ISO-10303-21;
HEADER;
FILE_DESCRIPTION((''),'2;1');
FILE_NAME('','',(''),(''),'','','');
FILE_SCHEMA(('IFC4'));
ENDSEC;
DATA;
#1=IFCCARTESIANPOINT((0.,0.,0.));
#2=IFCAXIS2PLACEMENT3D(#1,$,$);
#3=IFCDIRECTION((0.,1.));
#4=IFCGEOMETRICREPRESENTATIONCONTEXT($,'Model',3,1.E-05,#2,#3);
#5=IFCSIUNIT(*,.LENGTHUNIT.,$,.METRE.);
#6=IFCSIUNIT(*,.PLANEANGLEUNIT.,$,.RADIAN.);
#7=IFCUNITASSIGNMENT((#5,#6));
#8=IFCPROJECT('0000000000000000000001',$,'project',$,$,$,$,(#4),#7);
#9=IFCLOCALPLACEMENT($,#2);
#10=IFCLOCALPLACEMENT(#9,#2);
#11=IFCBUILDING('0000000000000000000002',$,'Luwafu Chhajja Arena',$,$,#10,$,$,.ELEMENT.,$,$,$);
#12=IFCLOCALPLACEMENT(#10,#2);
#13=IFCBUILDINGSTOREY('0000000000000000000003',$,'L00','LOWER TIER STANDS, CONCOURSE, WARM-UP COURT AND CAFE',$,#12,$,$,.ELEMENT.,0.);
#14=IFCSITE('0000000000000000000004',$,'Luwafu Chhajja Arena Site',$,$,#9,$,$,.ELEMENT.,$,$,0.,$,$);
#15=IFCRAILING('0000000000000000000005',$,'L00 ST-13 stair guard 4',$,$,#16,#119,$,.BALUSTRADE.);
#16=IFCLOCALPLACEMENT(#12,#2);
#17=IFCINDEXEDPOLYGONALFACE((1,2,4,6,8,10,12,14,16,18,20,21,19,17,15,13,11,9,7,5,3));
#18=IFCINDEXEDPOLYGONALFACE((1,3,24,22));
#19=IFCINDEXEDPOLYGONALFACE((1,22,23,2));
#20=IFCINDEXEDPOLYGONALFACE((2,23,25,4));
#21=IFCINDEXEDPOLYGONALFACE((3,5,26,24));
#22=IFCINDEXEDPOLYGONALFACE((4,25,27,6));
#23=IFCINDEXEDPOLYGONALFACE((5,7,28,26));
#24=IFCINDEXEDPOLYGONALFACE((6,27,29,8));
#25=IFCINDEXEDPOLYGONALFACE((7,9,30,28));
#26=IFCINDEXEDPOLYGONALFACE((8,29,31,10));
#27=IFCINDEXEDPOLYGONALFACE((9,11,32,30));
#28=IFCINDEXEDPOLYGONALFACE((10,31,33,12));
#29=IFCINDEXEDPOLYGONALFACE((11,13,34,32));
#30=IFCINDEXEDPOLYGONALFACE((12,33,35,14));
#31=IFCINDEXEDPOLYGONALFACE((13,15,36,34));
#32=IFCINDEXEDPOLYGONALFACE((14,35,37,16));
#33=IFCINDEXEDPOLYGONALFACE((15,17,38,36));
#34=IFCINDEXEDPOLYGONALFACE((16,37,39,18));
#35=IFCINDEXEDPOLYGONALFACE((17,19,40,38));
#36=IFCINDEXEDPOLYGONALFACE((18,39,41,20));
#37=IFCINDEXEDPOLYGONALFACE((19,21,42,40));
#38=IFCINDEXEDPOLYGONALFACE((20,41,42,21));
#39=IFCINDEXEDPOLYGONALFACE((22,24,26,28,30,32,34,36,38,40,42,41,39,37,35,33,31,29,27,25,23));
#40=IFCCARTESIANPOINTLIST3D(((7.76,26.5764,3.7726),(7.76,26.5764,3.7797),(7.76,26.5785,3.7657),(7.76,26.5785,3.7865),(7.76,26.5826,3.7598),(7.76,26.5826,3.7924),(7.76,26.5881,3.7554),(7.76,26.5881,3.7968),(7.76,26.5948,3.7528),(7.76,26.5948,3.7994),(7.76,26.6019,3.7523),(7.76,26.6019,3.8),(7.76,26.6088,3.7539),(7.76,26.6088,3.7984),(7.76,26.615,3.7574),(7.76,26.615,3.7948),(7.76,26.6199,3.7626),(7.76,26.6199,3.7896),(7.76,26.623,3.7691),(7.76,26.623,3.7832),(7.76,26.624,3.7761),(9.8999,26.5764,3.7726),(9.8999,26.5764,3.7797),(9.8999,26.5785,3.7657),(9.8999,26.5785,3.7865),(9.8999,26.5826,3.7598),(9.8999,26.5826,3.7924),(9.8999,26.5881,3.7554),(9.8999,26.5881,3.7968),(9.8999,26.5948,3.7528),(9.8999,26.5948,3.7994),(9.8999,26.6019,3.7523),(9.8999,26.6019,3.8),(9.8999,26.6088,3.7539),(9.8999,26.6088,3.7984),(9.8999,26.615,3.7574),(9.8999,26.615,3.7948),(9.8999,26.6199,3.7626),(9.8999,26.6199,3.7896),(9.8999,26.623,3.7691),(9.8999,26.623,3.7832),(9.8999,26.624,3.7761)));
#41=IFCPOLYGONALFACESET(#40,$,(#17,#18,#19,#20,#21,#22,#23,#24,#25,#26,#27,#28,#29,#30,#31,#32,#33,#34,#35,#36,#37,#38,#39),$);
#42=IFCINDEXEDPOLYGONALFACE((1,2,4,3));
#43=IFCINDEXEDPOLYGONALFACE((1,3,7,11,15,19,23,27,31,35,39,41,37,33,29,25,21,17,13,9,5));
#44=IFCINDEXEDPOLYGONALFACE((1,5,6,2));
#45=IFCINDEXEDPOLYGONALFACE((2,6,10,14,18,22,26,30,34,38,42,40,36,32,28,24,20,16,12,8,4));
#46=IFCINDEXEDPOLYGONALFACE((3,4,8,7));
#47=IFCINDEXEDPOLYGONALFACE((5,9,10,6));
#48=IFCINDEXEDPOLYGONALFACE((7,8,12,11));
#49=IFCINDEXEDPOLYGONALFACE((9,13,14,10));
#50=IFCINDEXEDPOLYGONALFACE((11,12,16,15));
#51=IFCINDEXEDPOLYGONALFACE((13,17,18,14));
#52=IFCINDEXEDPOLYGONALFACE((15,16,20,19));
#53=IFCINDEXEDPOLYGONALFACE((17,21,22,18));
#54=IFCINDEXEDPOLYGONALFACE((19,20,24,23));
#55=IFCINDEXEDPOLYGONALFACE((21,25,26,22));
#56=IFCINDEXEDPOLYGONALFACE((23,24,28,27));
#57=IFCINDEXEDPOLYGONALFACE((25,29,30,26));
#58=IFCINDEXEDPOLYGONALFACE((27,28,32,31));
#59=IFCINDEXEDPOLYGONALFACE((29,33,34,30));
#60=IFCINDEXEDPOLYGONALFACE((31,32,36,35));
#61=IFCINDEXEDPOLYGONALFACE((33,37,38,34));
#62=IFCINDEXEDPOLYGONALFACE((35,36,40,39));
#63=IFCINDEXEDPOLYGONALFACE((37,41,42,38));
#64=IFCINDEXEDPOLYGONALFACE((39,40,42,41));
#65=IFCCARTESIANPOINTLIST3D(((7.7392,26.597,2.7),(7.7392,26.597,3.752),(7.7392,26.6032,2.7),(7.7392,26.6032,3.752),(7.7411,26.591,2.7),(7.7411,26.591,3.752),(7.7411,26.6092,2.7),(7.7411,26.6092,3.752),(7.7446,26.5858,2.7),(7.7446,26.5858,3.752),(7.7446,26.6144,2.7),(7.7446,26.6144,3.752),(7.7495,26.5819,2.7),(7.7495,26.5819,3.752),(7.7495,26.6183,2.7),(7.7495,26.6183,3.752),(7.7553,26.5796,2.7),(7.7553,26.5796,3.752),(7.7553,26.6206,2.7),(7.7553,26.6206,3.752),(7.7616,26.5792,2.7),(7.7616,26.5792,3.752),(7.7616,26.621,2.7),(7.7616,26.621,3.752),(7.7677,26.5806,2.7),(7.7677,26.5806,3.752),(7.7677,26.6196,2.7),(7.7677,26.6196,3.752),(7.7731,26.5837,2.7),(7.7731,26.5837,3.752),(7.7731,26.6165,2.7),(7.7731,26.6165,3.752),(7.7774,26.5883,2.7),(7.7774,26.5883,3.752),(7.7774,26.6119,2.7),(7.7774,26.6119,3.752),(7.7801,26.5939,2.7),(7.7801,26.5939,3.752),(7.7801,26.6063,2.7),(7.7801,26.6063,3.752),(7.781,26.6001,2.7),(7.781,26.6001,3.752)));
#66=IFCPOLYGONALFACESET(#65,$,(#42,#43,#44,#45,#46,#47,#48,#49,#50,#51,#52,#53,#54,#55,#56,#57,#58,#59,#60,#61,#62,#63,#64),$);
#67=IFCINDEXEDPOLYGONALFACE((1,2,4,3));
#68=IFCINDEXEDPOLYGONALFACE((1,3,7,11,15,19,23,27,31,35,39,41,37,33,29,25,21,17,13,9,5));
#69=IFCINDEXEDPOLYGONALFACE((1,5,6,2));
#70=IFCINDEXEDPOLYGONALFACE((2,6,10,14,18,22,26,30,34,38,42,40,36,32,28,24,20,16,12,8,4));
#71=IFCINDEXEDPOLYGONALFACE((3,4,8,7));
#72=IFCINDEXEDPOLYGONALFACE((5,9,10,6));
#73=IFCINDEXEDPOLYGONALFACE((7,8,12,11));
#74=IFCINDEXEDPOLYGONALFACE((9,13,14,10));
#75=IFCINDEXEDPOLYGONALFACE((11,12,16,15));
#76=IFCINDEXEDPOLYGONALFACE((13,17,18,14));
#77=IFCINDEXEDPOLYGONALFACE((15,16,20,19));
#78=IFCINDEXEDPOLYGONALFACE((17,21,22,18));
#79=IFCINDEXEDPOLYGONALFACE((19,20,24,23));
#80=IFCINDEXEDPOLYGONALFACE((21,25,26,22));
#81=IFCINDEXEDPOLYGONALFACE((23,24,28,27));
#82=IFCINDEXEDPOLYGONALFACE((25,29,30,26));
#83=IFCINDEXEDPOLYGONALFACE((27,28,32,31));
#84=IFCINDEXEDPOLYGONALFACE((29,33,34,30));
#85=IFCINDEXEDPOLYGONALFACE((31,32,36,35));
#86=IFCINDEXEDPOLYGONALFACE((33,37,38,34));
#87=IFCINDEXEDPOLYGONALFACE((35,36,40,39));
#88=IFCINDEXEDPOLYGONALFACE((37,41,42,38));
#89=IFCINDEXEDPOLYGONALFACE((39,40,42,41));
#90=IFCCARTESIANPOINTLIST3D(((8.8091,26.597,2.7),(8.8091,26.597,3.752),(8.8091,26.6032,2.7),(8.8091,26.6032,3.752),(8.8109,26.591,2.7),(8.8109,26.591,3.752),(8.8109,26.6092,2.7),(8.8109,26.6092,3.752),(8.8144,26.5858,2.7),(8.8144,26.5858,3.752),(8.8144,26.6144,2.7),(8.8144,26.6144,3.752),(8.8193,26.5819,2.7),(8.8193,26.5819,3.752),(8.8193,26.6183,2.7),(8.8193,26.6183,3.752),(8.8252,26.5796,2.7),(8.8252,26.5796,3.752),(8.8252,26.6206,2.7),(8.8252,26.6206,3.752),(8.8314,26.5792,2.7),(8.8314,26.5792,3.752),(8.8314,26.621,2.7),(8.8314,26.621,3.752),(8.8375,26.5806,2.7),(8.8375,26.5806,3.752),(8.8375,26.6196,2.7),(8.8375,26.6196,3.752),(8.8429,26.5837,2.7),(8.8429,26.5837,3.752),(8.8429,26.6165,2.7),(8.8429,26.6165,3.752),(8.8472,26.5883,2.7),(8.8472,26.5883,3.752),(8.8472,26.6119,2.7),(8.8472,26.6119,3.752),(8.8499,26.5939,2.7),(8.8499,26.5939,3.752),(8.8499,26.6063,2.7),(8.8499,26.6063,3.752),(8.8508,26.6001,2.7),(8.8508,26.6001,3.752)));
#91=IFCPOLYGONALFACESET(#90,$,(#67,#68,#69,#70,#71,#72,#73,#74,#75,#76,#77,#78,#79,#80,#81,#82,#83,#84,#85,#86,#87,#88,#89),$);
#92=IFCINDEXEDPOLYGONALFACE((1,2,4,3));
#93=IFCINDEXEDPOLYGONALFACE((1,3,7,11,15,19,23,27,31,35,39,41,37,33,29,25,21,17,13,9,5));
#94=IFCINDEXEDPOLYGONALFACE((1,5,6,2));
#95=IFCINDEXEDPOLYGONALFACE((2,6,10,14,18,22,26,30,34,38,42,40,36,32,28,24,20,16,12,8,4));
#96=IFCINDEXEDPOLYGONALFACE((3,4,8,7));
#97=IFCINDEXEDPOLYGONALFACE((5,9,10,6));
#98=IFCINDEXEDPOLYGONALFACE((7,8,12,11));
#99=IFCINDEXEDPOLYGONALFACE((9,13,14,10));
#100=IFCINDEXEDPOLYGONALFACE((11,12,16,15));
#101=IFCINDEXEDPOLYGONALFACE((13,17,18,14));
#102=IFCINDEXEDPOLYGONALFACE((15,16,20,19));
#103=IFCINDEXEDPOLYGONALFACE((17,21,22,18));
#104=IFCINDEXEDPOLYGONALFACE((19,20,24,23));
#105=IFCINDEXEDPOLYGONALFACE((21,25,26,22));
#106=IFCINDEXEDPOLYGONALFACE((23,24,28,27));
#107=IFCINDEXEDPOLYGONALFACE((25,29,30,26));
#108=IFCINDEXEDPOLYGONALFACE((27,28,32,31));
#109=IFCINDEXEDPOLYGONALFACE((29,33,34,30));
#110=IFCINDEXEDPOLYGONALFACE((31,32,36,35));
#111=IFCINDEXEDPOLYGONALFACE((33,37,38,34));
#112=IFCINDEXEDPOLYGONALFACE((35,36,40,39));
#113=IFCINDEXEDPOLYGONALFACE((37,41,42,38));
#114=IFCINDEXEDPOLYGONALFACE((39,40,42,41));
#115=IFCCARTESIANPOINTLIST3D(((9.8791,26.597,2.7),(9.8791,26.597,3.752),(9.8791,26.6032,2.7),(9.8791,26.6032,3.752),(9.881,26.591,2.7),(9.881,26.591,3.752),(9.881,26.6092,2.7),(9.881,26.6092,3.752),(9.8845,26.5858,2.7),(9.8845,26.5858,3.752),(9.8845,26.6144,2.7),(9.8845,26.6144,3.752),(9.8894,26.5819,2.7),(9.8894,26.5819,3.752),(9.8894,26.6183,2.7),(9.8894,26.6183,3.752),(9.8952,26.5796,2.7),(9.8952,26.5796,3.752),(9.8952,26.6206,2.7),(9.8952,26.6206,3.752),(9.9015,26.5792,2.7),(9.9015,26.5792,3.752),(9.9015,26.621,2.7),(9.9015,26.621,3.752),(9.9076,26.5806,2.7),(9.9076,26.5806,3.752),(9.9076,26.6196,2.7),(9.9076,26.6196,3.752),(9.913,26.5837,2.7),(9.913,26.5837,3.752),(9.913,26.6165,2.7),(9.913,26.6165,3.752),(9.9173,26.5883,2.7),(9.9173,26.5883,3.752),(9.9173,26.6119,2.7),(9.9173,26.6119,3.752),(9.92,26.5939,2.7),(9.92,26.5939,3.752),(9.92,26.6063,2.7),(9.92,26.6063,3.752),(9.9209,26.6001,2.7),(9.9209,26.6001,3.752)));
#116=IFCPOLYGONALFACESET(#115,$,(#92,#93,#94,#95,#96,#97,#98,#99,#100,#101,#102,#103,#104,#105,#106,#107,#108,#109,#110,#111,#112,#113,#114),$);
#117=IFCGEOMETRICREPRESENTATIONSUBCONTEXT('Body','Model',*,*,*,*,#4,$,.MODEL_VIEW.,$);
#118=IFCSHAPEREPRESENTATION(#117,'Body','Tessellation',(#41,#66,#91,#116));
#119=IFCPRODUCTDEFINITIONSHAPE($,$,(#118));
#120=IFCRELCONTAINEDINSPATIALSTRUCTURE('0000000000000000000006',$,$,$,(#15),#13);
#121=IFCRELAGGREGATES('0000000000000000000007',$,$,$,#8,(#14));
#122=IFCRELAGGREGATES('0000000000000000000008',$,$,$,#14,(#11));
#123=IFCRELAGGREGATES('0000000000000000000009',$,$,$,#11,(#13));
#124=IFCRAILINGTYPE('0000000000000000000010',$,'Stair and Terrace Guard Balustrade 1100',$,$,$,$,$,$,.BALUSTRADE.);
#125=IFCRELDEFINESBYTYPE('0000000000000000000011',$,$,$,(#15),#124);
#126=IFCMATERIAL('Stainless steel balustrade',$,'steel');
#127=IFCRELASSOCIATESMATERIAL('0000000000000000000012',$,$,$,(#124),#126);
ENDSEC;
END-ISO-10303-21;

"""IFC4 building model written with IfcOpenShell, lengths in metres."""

from ifc_helpers import new_model, si_unit, direction, frame, origin, origin_2d, place, context, subcontext, project, spatial, circle, extrude, material, type_object, element, save


model = new_model("IFC4")

# Units and contexts
model_context = context("Model", 3, precision=1e-05, world=origin(), true_north=direction((0.0, 1.0)))
body_context = subcontext(model_context, "Body", "Model", "MODEL_VIEW")
ifc_project = project(units=[si_unit("LENGTHUNIT", "METRE"), si_unit("PLANEANGLEUNIT", "RADIAN")], contexts=[model_context])

# Site, building, storey
site_placement = place(None, origin())
site = spatial("IfcSite", under=ifc_project, at=site_placement, Name="Luwafu Chhajja Arena Site", CompositionType="ELEMENT", RefElevation=0.0)
building_placement = place(site_placement, origin())
building = spatial("IfcBuilding", under=site, at=building_placement, Name="Luwafu Chhajja Arena", CompositionType="ELEMENT")
storey_placement = place(building_placement, origin())
storey = spatial("IfcBuildingStorey", under=building, at=storey_placement, Name="L00", Description="LOWER TIER STANDS, CONCOURSE, WARM-UP COURT AND CAFE", CompositionType="ELEMENT", Elevation=0.0)

# Railing
ifc_material_1 = material(Name="Stainless steel balustrade", Category="steel")
railing_type_1 = type_object("IfcRailingType", Name="Stair and Terrace Guard Balustrade 1100", PredefinedType="BALUSTRADE", material=ifc_material_1)
for number, where, name in (
    (1, (7.76, 26.6001, 2.7), "L00 ST-13 stair guard 4"),
):
    element("IfcRailing", number, at=place(storey_placement, frame(where)), inside=storey, type_object=railing_type_1, Name=name, PredefinedType="BALUSTRADE", context=body_context, shape_type="SweptSolid", body=[
        extrude(circle(Radius=0.0239, at=origin_2d()), frame((0.0, 0.0, 1.0762), z_axis=(1.0, 0.0, 0.0), x_axis=(0.0, 1.0, 0.0)), (0.0, 0.0, 1.0), 2.1399),
        extrude(circle(Radius=0.021, at=origin_2d()), origin(), (0.0, 0.0, 1.0), 1.052),
        extrude(circle(Radius=0.021, at=origin_2d()), frame((1.0698, 0.0, 0.0)), (0.0, 0.0, 1.0), 1.052),
        extrude(circle(Radius=0.021, at=origin_2d()), frame((2.1399, 0.0, 0.0)), (0.0, 0.0, 1.0), 1.052),
    ])

save(model, "model.ifc")
